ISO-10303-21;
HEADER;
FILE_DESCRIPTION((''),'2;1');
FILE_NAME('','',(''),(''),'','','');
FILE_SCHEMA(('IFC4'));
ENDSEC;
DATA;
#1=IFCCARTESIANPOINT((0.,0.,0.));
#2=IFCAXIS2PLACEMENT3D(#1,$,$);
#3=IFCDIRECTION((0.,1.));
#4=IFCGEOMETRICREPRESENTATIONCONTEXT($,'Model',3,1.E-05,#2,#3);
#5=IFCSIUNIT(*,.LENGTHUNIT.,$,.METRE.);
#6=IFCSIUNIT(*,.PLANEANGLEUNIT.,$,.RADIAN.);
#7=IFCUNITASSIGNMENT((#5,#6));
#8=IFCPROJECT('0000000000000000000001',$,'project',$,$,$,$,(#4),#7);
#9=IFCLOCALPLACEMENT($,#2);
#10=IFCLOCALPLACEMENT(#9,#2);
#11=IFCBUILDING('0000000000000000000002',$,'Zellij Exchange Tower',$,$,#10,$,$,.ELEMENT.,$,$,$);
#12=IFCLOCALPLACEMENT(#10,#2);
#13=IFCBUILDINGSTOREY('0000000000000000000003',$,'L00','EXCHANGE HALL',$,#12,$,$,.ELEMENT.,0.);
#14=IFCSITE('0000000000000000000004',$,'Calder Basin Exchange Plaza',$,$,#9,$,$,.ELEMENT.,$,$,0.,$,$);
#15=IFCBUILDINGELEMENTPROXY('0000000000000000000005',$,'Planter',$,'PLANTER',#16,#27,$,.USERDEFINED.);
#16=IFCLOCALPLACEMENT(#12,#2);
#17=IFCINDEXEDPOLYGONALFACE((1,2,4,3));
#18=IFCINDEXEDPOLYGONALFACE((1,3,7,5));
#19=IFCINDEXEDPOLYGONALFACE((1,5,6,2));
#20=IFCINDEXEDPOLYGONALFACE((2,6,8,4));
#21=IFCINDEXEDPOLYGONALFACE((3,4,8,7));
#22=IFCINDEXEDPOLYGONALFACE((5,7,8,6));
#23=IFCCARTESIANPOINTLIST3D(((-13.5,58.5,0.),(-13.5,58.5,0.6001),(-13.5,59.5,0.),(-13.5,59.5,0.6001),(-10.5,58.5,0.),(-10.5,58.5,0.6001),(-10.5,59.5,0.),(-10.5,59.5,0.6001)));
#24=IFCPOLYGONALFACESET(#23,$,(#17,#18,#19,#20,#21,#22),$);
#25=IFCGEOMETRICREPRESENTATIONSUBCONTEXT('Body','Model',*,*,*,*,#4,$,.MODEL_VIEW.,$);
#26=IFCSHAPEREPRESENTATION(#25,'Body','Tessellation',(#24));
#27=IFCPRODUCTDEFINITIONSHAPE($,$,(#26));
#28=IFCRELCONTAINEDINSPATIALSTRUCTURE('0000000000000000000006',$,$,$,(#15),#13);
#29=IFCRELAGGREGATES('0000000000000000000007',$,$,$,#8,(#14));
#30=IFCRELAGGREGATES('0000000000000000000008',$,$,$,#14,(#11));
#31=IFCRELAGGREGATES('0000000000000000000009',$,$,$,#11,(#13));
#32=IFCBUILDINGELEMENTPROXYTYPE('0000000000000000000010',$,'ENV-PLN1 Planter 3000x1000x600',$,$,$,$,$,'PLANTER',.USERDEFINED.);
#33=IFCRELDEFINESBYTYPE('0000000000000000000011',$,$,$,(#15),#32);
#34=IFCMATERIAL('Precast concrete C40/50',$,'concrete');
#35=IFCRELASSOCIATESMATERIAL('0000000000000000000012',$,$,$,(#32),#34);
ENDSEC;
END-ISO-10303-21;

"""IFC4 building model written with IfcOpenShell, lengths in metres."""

from ifc_helpers import new_model, si_unit, direction, frame, origin, origin_2d, place, context, subcontext, project, spatial, rectangle, extrude, material, type_object, element, save


model = new_model("IFC4")

# Units and contexts
model_context = context("Model", 3, precision=1e-05, world=origin(), true_north=direction((0.0, 1.0)))
body_context = subcontext(model_context, "Body", "Model", "MODEL_VIEW")
ifc_project = project(units=[si_unit("LENGTHUNIT", "METRE"), si_unit("PLANEANGLEUNIT", "RADIAN")], contexts=[model_context])

# Site, building, storey
site_placement = place(None, origin())
site = spatial("IfcSite", under=ifc_project, at=site_placement, Name="Calder Basin Exchange Plaza", CompositionType="ELEMENT", RefElevation=0.0)
building_placement = place(site_placement, origin())
building = spatial("IfcBuilding", under=site, at=building_placement, Name="Zellij Exchange Tower", CompositionType="ELEMENT")
storey_placement = place(building_placement, origin())
storey = spatial("IfcBuildingStorey", under=building, at=storey_placement, Name="L00", Description="EXCHANGE HALL", CompositionType="ELEMENT", Elevation=0.0)

# Shared definitions
ifc_material_1 = material(Name="Precast concrete C40/50", Category="concrete")

# Building element proxy
building_element_proxy_type = type_object("IfcBuildingElementProxyType", Name="ENV-PLN1 Planter 3000x1000x600", ElementType="PLANTER", PredefinedType="USERDEFINED", material=ifc_material_1)
proxy_placement = place(storey_placement, frame((-12.0, 59.0, 0.0), z_axis=(0.0, 0.0, 1.0), x_axis=(1.0, 0.0, 0.0)))
element("IfcBuildingElementProxy", 1, at=proxy_placement, inside=storey, type_object=building_element_proxy_type, Name="Planter", ObjectType="PLANTER", PredefinedType="USERDEFINED", context=body_context, shape_type="SweptSolid", body=[
    extrude(rectangle(XDim=3.0, YDim=1.0, at=origin_2d()), origin(), (0.0, 0.0, 1.0), 0.6001),
])

save(model, "model.ifc")
